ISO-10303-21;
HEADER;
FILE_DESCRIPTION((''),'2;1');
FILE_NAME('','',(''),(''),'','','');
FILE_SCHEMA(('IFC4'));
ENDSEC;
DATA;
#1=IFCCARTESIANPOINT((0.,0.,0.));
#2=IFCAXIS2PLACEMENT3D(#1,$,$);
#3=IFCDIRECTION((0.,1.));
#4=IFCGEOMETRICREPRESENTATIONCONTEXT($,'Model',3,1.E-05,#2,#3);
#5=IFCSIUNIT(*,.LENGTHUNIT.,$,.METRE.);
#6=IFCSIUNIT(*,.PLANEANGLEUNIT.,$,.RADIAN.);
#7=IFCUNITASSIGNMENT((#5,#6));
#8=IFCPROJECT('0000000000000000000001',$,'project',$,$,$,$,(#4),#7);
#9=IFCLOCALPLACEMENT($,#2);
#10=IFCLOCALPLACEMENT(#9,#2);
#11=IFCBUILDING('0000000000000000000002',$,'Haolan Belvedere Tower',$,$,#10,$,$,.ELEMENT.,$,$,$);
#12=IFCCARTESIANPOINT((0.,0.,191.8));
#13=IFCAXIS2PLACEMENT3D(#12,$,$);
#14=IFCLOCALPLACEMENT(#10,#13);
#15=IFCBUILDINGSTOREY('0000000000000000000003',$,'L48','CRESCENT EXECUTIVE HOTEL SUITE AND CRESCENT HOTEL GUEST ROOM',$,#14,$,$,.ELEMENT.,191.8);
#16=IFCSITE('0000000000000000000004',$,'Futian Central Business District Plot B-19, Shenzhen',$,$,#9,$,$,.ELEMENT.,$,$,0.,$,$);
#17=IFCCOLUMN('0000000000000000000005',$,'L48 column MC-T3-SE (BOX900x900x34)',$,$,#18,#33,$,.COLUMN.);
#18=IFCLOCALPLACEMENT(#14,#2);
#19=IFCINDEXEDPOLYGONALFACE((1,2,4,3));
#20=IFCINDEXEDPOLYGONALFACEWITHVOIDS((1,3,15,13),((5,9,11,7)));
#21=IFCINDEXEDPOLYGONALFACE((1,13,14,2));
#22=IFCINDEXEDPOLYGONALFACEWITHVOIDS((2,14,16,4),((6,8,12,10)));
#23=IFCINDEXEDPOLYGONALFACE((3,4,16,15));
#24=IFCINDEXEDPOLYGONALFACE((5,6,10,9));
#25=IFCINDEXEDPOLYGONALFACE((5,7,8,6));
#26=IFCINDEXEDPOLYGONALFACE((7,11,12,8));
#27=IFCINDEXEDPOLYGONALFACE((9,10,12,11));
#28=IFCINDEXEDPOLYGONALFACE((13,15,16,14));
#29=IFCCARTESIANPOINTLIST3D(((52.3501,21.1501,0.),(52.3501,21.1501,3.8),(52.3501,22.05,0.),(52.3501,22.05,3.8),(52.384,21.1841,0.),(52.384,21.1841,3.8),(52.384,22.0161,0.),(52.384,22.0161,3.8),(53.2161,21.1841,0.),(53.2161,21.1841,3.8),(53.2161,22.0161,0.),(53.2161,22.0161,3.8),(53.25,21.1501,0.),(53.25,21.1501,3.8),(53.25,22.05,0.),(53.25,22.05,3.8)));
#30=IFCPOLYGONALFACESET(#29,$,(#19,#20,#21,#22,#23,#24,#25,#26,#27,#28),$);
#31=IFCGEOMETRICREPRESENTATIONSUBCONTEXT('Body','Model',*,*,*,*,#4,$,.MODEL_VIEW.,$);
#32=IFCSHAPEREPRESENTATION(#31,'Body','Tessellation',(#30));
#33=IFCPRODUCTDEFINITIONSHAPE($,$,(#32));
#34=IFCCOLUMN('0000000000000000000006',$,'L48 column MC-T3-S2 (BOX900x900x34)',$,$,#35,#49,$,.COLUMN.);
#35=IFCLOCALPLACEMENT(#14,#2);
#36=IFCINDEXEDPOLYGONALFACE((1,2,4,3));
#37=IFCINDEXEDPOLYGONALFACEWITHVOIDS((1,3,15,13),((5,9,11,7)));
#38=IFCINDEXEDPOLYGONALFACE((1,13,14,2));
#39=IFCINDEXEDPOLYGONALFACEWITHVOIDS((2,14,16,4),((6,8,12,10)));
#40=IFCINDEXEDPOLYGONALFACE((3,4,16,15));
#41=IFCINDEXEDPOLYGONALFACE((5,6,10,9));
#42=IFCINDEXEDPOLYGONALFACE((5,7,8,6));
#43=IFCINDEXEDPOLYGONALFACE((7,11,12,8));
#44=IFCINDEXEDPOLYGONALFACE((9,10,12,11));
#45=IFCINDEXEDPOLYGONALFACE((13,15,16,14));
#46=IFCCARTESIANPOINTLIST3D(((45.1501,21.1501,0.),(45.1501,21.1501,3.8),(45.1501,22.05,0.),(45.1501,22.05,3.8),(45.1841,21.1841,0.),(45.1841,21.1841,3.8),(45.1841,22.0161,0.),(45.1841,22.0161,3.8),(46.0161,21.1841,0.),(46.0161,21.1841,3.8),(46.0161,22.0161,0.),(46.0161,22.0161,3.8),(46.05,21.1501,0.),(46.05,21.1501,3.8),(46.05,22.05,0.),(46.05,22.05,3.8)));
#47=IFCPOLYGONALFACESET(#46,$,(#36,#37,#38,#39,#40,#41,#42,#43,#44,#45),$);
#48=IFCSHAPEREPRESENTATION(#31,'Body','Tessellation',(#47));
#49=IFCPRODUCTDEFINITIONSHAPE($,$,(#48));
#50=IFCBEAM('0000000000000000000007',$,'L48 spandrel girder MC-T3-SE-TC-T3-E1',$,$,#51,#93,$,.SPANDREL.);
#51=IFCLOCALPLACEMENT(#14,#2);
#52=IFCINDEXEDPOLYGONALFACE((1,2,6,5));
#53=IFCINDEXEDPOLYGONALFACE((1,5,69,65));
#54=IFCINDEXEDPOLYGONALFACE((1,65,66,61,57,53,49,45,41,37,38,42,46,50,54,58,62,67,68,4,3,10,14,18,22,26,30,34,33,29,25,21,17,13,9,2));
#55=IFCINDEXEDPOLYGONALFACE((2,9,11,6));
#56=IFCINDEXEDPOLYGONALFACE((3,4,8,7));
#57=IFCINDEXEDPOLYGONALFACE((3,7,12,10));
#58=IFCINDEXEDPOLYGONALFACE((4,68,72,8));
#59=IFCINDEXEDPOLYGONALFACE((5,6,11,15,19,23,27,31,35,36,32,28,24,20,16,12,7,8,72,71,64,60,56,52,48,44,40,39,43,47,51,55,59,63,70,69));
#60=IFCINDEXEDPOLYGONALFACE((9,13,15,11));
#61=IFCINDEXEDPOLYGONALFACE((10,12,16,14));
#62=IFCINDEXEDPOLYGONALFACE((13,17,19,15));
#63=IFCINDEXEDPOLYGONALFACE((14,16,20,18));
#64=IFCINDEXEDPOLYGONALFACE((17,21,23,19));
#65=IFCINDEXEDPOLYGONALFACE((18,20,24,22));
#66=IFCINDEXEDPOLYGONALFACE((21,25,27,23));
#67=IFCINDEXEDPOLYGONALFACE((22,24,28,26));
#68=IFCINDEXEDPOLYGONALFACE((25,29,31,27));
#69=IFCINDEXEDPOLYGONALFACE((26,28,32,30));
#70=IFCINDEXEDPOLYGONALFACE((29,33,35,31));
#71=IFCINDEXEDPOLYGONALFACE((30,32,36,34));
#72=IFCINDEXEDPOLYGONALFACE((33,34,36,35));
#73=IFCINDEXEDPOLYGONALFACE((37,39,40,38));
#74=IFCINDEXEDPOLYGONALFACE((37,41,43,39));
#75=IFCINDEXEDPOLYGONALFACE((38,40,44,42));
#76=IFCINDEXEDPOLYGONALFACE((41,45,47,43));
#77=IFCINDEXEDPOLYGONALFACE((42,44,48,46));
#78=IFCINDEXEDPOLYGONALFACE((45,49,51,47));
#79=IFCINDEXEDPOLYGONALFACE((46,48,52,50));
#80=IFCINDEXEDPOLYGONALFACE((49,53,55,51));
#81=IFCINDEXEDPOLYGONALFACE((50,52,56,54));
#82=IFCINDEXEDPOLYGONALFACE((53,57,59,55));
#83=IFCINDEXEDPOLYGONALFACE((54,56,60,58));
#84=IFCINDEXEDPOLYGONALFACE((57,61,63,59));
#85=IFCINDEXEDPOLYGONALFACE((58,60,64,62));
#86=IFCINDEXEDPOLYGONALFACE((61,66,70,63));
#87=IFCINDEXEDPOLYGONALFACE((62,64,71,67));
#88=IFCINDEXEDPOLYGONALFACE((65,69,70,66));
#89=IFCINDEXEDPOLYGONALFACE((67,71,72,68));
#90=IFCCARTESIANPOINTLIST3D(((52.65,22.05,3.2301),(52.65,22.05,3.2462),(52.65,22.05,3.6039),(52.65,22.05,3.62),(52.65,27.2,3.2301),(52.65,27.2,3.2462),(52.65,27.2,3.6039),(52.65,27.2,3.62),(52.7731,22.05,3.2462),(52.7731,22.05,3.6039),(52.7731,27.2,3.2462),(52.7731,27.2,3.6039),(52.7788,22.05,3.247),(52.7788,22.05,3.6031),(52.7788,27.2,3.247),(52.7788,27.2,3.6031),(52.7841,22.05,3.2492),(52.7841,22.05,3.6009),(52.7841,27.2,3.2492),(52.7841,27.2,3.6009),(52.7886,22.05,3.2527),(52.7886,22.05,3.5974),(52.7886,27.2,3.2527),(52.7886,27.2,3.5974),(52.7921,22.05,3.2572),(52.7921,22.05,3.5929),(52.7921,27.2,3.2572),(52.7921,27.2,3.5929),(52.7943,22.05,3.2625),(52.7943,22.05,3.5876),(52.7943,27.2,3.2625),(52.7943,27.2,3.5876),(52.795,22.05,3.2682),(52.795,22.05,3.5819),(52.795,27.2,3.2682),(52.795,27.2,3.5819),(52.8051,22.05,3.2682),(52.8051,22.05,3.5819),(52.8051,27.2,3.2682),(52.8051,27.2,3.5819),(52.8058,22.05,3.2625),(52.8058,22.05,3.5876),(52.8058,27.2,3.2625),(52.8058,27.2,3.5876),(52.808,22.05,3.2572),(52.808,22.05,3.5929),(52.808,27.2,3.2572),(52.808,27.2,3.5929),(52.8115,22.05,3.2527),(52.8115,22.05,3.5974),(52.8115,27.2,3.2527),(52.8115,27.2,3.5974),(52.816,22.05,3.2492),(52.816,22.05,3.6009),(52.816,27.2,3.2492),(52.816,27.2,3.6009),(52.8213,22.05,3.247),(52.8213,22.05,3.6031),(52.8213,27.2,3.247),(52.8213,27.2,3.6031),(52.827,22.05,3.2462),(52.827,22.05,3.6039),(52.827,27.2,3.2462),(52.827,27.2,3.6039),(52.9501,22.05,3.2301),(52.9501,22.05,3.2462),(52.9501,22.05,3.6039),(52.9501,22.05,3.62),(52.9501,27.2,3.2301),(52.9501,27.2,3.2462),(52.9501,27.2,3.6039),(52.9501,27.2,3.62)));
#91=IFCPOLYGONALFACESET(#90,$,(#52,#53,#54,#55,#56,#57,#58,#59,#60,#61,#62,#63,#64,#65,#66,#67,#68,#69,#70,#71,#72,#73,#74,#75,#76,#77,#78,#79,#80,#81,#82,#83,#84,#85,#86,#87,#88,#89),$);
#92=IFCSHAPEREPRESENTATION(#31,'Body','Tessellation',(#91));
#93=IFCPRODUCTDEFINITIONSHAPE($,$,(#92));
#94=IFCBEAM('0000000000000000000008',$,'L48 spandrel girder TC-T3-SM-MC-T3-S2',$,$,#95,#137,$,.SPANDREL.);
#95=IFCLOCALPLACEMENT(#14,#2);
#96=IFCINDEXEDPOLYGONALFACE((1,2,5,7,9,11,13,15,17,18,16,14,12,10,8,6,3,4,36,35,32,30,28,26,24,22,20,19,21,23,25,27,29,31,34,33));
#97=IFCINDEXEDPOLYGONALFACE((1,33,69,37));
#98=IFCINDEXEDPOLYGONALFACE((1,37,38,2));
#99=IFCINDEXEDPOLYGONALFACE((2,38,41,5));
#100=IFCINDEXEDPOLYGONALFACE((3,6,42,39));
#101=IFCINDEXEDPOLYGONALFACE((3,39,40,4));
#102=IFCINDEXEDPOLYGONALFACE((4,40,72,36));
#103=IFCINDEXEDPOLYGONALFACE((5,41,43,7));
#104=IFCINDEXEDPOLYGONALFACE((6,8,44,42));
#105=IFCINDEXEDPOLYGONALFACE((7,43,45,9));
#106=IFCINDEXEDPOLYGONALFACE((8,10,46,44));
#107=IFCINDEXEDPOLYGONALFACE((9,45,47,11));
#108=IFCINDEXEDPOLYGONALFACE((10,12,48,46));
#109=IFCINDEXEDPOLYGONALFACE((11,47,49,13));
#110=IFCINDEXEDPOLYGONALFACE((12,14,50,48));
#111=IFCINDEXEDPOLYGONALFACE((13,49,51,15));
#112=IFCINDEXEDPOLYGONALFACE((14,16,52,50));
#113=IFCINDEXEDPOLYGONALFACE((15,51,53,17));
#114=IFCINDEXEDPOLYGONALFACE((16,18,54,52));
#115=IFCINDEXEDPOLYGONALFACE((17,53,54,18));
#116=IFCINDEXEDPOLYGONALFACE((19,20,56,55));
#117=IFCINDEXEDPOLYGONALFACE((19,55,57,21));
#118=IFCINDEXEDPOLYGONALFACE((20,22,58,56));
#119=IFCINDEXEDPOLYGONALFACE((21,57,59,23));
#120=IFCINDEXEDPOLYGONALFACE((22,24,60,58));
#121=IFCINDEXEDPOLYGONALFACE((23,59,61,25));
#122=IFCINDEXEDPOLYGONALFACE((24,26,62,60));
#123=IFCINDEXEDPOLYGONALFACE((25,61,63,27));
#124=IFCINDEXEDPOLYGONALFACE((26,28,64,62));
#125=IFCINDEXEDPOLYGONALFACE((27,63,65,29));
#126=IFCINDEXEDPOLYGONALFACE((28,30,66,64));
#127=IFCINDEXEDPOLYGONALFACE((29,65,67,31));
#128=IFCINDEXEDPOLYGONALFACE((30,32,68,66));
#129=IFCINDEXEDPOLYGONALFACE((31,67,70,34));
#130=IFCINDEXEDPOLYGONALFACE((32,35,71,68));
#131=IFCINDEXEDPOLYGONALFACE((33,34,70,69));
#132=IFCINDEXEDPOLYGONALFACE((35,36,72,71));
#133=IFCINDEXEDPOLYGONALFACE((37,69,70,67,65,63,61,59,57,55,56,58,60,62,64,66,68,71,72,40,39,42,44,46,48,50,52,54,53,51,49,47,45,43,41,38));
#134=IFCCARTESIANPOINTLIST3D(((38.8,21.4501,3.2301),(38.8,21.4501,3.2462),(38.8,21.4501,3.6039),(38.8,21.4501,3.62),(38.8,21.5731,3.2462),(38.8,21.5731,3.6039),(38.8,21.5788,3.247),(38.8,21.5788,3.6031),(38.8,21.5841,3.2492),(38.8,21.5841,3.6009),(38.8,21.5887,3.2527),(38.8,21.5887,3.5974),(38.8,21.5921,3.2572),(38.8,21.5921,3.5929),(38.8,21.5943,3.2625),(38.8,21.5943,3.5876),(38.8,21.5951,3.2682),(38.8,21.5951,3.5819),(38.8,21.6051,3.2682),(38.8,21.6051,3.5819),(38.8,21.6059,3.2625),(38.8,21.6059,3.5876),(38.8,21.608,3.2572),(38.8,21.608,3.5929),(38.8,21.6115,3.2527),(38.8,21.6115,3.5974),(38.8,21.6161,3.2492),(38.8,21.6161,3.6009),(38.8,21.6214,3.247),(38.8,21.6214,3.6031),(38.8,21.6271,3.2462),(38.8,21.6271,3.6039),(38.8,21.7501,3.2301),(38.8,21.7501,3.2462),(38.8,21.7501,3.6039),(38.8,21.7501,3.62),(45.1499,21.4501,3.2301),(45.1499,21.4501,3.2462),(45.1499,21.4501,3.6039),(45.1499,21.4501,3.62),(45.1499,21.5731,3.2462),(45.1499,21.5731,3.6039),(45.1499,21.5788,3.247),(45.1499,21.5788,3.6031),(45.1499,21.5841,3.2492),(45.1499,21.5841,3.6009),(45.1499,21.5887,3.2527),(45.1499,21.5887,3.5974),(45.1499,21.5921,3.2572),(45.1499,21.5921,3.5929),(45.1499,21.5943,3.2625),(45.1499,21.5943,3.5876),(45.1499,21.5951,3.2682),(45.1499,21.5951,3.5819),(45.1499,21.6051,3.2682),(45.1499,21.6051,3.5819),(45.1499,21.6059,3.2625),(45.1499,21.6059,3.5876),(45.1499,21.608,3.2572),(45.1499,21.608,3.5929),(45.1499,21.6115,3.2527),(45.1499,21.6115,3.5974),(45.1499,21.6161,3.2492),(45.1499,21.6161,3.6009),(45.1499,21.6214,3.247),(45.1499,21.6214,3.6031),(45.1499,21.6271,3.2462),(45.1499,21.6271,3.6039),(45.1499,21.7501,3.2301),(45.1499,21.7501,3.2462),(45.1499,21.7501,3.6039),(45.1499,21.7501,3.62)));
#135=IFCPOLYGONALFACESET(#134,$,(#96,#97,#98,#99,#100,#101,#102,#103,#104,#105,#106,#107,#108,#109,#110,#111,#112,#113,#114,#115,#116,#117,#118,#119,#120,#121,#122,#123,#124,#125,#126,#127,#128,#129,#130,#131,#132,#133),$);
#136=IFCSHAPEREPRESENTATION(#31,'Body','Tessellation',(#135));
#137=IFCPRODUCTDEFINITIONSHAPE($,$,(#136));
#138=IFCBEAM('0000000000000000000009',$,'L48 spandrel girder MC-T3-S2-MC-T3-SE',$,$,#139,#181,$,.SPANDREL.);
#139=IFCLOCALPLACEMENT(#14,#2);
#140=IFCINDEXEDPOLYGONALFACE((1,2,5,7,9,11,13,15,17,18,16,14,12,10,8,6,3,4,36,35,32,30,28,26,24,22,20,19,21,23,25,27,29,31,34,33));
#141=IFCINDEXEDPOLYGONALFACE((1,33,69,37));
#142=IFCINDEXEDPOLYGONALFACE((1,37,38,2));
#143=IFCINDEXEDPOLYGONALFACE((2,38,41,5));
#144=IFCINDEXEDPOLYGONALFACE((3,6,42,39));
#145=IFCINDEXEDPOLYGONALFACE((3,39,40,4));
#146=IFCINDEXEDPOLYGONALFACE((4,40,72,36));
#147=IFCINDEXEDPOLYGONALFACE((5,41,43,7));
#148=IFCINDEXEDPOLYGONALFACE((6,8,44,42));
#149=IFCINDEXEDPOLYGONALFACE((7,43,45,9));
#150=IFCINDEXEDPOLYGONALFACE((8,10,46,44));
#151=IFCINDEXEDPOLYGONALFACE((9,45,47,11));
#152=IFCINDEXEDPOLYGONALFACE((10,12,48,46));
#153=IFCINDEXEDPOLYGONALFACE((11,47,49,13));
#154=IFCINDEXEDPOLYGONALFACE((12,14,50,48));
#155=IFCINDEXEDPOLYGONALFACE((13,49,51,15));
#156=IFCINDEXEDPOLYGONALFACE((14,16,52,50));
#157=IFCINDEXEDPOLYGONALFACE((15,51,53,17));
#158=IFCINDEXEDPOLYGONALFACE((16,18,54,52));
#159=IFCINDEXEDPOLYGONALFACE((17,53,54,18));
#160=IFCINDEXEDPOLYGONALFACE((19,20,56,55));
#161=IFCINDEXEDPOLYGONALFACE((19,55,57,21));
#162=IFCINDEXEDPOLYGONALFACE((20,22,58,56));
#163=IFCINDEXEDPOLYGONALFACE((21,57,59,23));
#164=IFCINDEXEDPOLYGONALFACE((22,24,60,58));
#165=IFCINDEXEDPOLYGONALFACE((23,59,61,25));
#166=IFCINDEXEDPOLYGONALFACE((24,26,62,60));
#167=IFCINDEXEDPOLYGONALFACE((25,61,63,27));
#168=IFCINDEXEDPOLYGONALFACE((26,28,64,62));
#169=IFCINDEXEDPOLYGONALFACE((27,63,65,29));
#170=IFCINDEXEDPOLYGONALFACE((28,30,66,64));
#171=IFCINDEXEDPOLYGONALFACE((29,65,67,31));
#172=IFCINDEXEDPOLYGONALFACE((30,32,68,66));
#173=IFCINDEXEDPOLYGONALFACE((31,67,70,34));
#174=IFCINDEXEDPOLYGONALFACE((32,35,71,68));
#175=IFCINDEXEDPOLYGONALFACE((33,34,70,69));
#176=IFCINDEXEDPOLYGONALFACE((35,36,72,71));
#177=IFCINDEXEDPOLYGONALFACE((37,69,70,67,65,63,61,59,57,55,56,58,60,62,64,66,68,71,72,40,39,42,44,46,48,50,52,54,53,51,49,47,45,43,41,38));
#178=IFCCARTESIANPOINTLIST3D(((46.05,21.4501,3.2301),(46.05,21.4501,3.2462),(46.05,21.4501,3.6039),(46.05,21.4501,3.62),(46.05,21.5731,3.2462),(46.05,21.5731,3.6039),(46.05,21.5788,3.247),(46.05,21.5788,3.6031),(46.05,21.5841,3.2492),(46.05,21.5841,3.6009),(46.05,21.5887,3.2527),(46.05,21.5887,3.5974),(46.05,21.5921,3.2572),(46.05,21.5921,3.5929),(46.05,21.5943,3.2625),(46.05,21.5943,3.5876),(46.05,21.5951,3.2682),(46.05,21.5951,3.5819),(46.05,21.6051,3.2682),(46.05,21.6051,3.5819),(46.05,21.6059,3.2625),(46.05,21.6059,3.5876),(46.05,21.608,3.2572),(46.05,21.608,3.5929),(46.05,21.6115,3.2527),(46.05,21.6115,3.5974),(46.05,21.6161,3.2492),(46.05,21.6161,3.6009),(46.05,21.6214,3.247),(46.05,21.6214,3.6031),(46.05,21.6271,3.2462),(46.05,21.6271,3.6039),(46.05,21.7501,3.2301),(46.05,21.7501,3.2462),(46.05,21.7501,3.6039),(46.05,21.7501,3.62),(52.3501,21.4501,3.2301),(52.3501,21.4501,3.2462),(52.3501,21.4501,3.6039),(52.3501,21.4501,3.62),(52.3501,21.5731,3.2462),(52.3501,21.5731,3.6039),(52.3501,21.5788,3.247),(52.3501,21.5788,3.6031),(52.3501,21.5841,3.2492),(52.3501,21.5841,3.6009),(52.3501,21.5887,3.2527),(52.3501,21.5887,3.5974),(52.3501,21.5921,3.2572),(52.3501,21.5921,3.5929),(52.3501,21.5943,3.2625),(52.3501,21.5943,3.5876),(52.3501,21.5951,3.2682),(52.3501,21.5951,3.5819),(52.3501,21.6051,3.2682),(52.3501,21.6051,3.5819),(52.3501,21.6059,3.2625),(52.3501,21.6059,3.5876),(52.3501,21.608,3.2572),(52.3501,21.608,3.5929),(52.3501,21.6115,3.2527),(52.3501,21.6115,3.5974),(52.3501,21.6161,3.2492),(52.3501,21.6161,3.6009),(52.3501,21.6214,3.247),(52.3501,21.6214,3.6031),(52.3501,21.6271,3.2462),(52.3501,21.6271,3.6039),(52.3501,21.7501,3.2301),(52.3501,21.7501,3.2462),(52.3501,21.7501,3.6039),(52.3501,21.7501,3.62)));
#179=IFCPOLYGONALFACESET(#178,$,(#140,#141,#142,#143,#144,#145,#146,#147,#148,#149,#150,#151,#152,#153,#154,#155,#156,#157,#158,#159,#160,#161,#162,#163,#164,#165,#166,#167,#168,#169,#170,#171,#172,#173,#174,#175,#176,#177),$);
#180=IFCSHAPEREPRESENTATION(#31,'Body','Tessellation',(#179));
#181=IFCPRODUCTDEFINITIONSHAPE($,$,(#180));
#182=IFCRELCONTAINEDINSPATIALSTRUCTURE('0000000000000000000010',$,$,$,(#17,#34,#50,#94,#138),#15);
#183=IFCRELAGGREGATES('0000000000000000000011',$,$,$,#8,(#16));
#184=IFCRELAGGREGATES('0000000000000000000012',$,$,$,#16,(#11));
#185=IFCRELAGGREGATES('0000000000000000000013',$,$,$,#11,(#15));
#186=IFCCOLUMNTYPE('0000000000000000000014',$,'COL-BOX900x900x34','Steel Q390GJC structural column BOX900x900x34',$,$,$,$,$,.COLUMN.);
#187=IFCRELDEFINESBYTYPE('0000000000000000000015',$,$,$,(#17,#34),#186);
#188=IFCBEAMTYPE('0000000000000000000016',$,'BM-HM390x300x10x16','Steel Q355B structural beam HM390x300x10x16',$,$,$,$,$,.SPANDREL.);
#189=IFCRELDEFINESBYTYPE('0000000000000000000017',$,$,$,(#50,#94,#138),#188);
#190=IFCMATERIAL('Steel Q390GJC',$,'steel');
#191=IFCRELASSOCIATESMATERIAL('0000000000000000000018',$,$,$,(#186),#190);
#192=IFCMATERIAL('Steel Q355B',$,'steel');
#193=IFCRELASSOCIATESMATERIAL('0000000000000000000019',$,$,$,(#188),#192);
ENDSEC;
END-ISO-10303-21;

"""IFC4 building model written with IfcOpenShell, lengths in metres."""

from ifc_helpers import new_model, si_unit, direction, frame, origin, origin_2d, place, context, subcontext, project, spatial, hollow_rectangle, i_section, extrude, material, material_profile, profile_set, type_object, element, save


model = new_model("IFC4")

# Units and contexts
model_context = context("Model", 3, precision=1e-05, world=origin(), true_north=direction((0.0, 1.0)))
body_context = subcontext(model_context, "Body", "Model", "MODEL_VIEW")
ifc_project = project(units=[si_unit("LENGTHUNIT", "METRE"), si_unit("PLANEANGLEUNIT", "RADIAN")], contexts=[model_context])

# Site, building, storey
site_placement = place(None, origin())
site = spatial("IfcSite", under=ifc_project, at=site_placement, Name="Futian Central Business District Plot B-19, Shenzhen", CompositionType="ELEMENT", RefElevation=0.0)
building_placement = place(site_placement, origin())
building = spatial("IfcBuilding", under=site, at=building_placement, Name="Haolan Belvedere Tower", CompositionType="ELEMENT")
storey_placement = place(building_placement, frame((0.0, 0.0, 191.8)))
storey = spatial("IfcBuildingStorey", under=building, at=storey_placement, Name="L48", Description="CRESCENT EXECUTIVE HOTEL SUITE AND CRESCENT HOTEL GUEST ROOM", CompositionType="ELEMENT", Elevation=191.8)

# Columns
ifc_material_1 = material(Name="Steel Q390GJC", Category="steel")
ifc_material_profile_1 = material_profile(ifc_material_1, hollow_rectangle(XDim=0.8999, YDim=0.8999, WallThickness=0.0339, at=origin_2d()), Name="Steel Q390GJC")
ifc_profile_set_1 = profile_set([ifc_material_profile_1], Name="Steel Q390GJC")
column_type = type_object("IfcColumnType", Name="COL-BOX900x900x34", Description="Steel Q390GJC structural column BOX900x900x34", PredefinedType="COLUMN", material=ifc_profile_set_1)
for number, where, z_axis, x_axis, name in (
    (1, (52.8, 21.6001, 0.0), (0.0, 0.0, 1.0), (1.0, 0.0, 0.0), "L48 column MC-T3-SE (BOX900x900x34)"),
    (2, (45.6001, 21.6001, 0.0), (0.0, 0.0, 1.0), (1.0, 0.0, 0.0), "L48 column MC-T3-S2 (BOX900x900x34)"),
):
    element("IfcColumn", number, at=place(storey_placement, frame(where, z_axis=z_axis, x_axis=x_axis)), inside=storey, type_object=column_type, Name=name, PredefinedType="COLUMN", context=body_context, shape_type="SweptSolid", body=[
        extrude(hollow_rectangle(XDim=0.8999, YDim=0.8999, WallThickness=0.0339, at=origin_2d()), origin(), (0.0, 0.0, 1.0), 3.8),
    ])

# Beams
ifc_material_2 = material(Name="Steel Q355B", Category="steel")
ifc_material_profile_2 = material_profile(ifc_material_2, i_section(OverallWidth=0.3, OverallDepth=0.3899, WebThickness=0.01, FlangeThickness=0.0161, FilletRadius=0.022, at=origin_2d()), Name="Steel Q355B")
ifc_profile_set_2 = profile_set([ifc_material_profile_2], Name="Steel Q355B")
beam_type_1 = type_object("IfcBeamType", Name="BM-HM390x300x10x16", Description="Steel Q355B structural beam HM390x300x10x16", PredefinedType="SPANDREL", material=ifc_profile_set_2)
beam_1_placement = place(storey_placement, frame((52.8, 22.05, 3.425), z_axis=(0.0, 1.0, 0.0), x_axis=(-1.0, 0.0, 0.0)))
element("IfcBeam", 3, at=beam_1_placement, inside=storey, type_object=beam_type_1, Name="L48 spandrel girder MC-T3-SE-TC-T3-E1", PredefinedType="SPANDREL", context=body_context, shape_type="SweptSolid", body=[
    extrude(i_section(OverallWidth=0.3, OverallDepth=0.3899, WebThickness=0.01, FlangeThickness=0.0161, FilletRadius=0.022, at=origin_2d()), origin(), (0.0, 0.0, 1.0), 5.1499),
])
beam_2_placement = place(storey_placement, frame((38.8, 21.6001, 3.425), z_axis=(1.0, 0.0, 0.0), x_axis=(0.0, 1.0, 0.0)))
element("IfcBeam", 4, at=beam_2_placement, inside=storey, type_object=beam_type_1, Name="L48 spandrel girder TC-T3-SM-MC-T3-S2", PredefinedType="SPANDREL", context=body_context, shape_type="SweptSolid", body=[
    extrude(i_section(OverallWidth=0.3, OverallDepth=0.3899, WebThickness=0.01, FlangeThickness=0.0161, FilletRadius=0.022, at=origin_2d()), origin(), (0.0, 0.0, 1.0), 6.3499),
])
beam_3_placement = place(storey_placement, frame((46.05, 21.6001, 3.425), z_axis=(1.0, 0.0, 0.0), x_axis=(0.0, 1.0, 0.0)))
element("IfcBeam", 5, at=beam_3_placement, inside=storey, type_object=beam_type_1, Name="L48 spandrel girder MC-T3-S2-MC-T3-SE", PredefinedType="SPANDREL", context=body_context, shape_type="SweptSolid", body=[
    extrude(i_section(OverallWidth=0.3, OverallDepth=0.3899, WebThickness=0.01, FlangeThickness=0.0161, FilletRadius=0.022, at=origin_2d()), origin(), (0.0, 0.0, 1.0), 6.3),
])

save(model, "model.ifc")
